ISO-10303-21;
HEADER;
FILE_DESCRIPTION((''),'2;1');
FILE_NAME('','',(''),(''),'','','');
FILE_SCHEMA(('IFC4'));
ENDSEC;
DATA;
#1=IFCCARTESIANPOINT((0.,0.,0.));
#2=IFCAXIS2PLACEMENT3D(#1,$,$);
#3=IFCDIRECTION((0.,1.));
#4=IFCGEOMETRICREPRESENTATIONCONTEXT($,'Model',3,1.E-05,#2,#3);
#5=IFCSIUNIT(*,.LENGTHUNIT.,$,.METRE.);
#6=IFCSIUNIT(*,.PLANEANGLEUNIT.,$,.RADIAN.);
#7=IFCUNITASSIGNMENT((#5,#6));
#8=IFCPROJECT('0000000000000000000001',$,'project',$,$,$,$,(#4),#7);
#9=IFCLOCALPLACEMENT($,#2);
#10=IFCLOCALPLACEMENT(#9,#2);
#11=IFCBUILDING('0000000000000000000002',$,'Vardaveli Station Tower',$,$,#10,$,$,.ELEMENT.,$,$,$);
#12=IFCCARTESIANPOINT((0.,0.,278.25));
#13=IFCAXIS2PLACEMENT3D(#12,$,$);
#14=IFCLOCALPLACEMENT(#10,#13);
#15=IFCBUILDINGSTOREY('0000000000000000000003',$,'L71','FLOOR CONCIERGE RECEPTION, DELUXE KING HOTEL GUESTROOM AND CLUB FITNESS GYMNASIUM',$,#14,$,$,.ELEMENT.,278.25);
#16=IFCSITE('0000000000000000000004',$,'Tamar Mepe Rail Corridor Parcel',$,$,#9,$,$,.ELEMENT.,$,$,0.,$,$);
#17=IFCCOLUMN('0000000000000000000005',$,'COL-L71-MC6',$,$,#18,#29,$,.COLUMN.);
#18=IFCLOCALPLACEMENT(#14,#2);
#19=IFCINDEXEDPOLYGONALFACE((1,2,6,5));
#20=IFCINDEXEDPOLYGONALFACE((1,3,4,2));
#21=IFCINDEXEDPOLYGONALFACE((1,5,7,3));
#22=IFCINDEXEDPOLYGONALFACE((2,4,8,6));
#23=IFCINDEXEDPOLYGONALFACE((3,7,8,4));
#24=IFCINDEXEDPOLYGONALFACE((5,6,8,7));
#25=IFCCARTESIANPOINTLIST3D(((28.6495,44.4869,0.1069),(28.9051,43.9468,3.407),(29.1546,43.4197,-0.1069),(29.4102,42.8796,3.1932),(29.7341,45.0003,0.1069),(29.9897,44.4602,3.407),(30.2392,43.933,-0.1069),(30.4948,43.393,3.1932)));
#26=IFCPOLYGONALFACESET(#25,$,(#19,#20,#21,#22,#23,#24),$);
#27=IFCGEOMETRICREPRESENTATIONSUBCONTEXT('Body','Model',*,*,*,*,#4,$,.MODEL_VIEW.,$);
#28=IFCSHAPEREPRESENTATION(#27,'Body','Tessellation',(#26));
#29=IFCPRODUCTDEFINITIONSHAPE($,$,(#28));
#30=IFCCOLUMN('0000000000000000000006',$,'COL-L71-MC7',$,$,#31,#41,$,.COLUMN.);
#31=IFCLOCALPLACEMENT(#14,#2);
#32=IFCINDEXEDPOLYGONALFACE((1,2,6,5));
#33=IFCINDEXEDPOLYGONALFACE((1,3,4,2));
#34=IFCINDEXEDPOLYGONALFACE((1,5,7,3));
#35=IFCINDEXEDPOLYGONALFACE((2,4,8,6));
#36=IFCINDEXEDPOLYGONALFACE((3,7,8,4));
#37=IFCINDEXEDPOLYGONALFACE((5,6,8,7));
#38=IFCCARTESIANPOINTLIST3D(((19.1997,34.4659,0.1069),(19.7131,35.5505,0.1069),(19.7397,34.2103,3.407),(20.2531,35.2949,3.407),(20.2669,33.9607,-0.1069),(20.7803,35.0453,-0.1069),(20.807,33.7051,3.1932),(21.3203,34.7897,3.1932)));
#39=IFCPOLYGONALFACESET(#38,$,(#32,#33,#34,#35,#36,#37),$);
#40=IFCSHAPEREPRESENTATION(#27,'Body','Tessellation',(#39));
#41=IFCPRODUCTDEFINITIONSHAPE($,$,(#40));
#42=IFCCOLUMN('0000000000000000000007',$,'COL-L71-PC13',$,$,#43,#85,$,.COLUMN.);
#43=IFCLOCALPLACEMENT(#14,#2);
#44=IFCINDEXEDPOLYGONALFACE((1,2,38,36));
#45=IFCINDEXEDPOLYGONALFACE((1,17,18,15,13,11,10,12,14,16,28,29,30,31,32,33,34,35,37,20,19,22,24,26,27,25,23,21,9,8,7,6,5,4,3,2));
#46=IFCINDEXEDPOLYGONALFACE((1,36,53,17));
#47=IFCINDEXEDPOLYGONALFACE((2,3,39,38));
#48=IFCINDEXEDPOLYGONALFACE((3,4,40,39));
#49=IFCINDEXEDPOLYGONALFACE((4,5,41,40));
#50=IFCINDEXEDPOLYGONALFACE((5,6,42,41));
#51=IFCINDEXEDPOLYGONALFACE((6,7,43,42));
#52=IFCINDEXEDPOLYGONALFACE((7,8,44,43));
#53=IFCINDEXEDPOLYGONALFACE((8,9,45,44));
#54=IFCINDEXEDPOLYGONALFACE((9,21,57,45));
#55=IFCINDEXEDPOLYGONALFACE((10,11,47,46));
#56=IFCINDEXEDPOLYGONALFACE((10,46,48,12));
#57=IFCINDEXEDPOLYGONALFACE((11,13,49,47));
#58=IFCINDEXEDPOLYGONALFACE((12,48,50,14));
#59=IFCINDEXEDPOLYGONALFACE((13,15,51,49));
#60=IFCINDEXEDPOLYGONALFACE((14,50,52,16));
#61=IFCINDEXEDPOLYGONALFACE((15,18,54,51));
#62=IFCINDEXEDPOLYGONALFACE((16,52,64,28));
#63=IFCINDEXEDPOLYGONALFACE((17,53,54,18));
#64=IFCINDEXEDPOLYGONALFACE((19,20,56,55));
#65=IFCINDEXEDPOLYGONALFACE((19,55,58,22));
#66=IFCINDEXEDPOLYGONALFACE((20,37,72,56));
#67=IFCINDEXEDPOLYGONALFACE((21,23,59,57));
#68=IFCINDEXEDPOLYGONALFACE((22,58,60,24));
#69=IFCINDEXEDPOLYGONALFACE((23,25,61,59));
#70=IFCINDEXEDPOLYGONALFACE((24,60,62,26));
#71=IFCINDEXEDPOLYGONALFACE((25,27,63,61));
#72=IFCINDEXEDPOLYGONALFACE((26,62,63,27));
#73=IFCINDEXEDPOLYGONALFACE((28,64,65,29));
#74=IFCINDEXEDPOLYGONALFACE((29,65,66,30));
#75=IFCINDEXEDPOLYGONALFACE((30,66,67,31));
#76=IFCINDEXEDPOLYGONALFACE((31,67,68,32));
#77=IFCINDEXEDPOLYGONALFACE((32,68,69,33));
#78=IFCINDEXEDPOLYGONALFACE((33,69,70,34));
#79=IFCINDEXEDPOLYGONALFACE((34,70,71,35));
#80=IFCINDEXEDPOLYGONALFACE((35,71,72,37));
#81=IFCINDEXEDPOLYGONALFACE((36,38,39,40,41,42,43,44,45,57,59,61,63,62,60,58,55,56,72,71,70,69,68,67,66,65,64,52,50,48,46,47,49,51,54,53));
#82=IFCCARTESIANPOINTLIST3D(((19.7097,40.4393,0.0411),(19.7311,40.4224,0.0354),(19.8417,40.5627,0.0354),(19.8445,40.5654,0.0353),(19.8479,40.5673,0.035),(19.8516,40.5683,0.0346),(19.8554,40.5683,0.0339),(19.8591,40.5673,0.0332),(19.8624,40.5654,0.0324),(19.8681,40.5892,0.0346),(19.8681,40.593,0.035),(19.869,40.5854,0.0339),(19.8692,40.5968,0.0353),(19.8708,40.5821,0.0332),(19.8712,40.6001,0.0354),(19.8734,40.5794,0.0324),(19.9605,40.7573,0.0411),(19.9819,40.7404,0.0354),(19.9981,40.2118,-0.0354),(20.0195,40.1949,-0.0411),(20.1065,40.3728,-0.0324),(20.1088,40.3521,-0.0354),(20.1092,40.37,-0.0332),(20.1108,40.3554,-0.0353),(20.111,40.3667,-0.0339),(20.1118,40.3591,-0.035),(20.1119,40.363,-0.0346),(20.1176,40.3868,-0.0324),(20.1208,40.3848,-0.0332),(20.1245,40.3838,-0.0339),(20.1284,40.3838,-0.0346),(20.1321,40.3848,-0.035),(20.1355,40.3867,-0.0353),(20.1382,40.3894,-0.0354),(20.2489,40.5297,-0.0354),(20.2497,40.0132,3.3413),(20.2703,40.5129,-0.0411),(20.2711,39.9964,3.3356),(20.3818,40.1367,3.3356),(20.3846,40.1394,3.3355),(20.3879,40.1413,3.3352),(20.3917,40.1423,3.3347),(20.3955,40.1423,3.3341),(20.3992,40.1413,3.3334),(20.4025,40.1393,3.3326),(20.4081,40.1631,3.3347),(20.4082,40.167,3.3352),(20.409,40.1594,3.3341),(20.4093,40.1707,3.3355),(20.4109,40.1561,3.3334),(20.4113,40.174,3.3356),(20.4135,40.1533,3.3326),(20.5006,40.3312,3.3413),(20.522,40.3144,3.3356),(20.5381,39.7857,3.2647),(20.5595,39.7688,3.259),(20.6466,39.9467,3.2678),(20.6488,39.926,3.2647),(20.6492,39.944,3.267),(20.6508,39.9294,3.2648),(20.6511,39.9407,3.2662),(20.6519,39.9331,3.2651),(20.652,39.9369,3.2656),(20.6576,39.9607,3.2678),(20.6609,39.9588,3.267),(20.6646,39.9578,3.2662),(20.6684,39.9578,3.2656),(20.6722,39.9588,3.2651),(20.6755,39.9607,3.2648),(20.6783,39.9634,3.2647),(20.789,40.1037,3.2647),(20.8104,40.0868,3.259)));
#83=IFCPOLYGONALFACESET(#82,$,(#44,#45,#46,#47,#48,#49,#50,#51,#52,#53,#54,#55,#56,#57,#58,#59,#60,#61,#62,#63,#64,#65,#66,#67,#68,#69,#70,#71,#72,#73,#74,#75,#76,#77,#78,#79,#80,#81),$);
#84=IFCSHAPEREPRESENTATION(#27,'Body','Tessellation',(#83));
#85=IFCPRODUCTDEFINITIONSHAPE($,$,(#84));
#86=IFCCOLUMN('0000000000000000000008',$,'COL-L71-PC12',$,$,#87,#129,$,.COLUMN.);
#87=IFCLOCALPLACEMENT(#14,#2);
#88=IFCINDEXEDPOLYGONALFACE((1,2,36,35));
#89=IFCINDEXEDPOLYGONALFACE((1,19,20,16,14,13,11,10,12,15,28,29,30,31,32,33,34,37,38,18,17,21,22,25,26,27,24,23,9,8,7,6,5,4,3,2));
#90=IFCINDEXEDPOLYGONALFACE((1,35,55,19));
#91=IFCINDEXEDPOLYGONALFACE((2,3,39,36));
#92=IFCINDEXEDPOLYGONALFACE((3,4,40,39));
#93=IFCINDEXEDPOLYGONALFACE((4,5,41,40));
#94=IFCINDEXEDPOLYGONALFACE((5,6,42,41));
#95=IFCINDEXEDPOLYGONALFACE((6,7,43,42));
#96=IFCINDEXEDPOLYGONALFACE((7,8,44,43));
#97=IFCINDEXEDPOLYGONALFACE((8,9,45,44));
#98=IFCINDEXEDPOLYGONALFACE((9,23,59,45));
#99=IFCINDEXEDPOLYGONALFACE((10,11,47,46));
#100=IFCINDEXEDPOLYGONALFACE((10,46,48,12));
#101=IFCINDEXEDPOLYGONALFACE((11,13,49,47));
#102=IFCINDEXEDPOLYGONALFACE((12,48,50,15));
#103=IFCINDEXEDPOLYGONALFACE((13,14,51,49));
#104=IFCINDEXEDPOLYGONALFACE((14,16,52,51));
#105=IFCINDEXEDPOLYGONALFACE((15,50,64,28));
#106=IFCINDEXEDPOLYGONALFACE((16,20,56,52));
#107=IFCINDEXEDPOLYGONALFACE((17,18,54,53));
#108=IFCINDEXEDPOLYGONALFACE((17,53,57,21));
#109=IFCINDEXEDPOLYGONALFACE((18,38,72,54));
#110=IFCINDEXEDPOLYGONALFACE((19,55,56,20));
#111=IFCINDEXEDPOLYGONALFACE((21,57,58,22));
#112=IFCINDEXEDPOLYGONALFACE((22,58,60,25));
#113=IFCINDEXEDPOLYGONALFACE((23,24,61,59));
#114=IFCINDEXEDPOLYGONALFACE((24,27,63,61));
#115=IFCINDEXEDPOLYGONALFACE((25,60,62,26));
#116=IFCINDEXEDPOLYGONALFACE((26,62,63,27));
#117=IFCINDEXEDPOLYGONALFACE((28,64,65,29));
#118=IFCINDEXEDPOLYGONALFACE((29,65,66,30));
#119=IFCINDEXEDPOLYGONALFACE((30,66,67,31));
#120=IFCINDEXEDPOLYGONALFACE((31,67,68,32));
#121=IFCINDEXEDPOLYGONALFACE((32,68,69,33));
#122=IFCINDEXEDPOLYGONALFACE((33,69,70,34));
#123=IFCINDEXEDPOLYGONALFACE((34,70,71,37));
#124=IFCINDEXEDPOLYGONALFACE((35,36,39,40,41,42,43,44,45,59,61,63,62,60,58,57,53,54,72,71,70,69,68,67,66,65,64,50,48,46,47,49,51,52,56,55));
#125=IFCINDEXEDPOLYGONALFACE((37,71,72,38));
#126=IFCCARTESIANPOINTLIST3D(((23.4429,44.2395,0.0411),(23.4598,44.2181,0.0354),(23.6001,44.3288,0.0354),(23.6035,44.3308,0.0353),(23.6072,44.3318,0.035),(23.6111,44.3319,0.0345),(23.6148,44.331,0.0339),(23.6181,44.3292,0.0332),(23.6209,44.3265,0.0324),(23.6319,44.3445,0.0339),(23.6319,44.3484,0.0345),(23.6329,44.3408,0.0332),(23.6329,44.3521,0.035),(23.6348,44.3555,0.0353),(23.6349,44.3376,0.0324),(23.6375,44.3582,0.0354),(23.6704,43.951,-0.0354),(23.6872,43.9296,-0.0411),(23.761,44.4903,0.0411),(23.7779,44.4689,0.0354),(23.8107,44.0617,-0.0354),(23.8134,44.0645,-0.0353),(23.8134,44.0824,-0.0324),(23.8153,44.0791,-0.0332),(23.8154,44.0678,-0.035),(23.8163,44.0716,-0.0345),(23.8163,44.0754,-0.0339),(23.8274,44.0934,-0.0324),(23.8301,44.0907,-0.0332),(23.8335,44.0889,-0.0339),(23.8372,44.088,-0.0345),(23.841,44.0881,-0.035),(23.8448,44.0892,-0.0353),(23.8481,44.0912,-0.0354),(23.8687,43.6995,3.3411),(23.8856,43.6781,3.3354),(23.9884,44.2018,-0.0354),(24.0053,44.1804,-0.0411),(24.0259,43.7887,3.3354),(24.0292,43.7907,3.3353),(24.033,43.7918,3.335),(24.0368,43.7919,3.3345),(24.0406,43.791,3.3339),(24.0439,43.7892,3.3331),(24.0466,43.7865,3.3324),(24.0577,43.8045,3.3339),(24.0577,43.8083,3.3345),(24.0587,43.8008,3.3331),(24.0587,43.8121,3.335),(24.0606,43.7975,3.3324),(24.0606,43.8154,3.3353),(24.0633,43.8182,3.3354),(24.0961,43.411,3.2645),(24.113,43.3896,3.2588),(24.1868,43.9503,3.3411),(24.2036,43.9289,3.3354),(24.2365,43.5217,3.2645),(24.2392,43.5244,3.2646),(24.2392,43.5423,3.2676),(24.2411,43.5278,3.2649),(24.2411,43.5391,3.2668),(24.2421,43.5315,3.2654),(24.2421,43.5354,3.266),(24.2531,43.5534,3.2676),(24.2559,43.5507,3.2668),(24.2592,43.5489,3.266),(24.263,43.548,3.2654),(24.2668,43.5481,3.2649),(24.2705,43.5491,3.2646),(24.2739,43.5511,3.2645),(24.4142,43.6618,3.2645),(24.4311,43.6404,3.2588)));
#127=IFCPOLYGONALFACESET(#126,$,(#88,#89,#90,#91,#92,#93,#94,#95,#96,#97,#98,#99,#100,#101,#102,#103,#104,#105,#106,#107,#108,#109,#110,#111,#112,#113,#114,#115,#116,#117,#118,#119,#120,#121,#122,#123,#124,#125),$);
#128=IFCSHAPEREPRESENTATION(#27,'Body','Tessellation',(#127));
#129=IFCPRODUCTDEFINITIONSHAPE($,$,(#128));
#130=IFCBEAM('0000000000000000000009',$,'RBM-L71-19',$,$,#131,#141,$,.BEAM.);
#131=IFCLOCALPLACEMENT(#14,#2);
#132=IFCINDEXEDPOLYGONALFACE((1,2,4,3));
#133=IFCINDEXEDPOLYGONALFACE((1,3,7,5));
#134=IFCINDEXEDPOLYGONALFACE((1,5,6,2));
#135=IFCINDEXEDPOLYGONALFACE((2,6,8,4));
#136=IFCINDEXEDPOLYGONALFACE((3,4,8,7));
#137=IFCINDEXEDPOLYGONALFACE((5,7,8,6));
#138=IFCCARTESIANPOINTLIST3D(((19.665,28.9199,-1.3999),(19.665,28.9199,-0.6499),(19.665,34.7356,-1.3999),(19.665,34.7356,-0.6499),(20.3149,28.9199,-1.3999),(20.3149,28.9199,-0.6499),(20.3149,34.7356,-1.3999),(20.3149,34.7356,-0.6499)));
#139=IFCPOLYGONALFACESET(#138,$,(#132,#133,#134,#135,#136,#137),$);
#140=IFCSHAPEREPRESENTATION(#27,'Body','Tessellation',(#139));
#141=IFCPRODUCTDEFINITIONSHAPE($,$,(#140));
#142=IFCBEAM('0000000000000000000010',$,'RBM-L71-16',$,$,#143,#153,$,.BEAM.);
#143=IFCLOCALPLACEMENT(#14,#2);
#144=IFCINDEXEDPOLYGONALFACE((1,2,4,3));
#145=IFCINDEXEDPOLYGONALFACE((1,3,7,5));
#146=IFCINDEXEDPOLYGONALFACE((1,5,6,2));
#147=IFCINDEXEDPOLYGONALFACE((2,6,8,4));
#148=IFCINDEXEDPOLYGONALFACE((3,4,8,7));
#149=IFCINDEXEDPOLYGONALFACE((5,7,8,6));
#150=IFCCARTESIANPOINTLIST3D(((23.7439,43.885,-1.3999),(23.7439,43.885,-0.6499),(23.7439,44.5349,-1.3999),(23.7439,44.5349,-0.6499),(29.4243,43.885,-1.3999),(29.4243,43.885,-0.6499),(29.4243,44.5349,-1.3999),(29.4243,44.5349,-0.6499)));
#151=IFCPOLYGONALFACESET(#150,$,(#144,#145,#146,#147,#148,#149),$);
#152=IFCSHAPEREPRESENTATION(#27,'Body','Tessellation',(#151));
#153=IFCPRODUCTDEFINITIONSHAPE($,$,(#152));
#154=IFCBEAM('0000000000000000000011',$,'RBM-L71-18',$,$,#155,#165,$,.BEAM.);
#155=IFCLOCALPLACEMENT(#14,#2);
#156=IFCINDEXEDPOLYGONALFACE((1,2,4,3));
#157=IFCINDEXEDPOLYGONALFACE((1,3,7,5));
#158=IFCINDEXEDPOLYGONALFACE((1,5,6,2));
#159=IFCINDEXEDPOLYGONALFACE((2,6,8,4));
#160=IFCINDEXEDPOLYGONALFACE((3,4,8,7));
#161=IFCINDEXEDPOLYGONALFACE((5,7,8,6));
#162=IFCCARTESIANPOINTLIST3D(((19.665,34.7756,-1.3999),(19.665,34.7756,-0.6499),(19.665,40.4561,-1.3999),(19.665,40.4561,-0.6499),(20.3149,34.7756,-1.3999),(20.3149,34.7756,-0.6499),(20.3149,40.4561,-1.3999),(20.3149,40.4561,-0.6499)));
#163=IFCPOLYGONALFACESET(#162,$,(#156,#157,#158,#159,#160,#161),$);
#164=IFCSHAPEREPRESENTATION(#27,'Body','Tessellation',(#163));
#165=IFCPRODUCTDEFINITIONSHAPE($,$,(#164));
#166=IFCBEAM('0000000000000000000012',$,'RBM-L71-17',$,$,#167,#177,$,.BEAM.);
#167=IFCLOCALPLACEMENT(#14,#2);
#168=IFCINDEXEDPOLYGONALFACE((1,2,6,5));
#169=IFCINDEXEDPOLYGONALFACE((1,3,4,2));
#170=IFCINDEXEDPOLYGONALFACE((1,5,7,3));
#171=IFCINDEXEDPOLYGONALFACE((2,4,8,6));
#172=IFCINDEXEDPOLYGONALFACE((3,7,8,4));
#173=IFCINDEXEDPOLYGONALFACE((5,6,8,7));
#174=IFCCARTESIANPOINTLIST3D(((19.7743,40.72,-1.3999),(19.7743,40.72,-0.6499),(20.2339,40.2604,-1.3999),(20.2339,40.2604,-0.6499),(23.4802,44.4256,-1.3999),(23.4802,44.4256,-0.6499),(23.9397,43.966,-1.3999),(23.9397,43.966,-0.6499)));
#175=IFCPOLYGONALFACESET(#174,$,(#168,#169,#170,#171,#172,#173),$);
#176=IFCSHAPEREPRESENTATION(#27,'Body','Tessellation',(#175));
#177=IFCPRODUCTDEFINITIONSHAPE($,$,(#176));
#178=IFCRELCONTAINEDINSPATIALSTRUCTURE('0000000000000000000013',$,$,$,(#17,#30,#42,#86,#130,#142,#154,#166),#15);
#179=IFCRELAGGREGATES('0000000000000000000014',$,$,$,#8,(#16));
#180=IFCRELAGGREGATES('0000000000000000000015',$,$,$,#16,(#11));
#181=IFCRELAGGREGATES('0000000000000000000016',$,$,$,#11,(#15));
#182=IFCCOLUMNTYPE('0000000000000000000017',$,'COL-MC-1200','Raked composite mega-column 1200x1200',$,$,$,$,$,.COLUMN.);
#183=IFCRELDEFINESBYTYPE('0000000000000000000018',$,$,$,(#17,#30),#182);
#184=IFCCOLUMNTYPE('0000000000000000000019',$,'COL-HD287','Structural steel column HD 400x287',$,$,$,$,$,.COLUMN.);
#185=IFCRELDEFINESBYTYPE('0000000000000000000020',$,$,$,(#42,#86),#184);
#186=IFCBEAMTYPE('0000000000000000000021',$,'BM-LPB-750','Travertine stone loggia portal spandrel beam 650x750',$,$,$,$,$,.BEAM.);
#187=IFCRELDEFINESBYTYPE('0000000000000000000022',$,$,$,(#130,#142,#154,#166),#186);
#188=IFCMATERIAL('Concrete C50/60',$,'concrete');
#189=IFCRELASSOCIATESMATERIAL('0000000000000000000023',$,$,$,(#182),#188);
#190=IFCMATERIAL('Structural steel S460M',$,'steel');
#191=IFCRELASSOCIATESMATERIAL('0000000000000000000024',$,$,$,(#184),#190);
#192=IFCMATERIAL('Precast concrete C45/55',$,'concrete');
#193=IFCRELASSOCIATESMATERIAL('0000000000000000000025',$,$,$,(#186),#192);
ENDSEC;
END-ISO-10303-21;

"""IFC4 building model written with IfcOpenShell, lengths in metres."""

from ifc_helpers import new_model, si_unit, direction, frame, origin, origin_2d, place, context, subcontext, project, spatial, rectangle, i_section, extrude, source, transform, mapped, material, material_profile, profile_set, type_object, element, save


model = new_model("IFC4")

# Units and contexts
model_context = context("Model", 3, precision=1e-05, world=origin(), true_north=direction((0.0, 1.0)))
body_context = subcontext(model_context, "Body", "Model", "MODEL_VIEW")
ifc_project = project(units=[si_unit("LENGTHUNIT", "METRE"), si_unit("PLANEANGLEUNIT", "RADIAN")], contexts=[model_context])

# Site, building, storey
site_placement = place(None, origin())
site = spatial("IfcSite", under=ifc_project, at=site_placement, Name="Tamar Mepe Rail Corridor Parcel", CompositionType="ELEMENT", RefElevation=0.0)
building_placement = place(site_placement, origin())
building = spatial("IfcBuilding", under=site, at=building_placement, Name="Vardaveli Station Tower", CompositionType="ELEMENT")
storey_placement = place(building_placement, frame((0.0, 0.0, 278.25)))
storey = spatial("IfcBuildingStorey", under=building, at=storey_placement, Name="L71", Description="FLOOR CONCIERGE RECEPTION, DELUXE KING HOTEL GUESTROOM AND CLUB FITNESS GYMNASIUM", CompositionType="ELEMENT", Elevation=278.25)

# Columns
ifc_material_1 = material(Name="Concrete C50/60", Category="concrete")
ifc_material_profile_1 = material_profile(ifc_material_1, rectangle(XDim=1.2, YDim=1.2, at=origin_2d()), Name="MC 1200x1200")
ifc_profile_set_1 = profile_set([ifc_material_profile_1], Name="Concrete C50/60")
column_type_1 = type_object("IfcColumnType", Name="COL-MC-1200", Description="Raked composite mega-column 1200x1200", PredefinedType="COLUMN", material=ifc_profile_set_1)
shared_shape_1 = source(origin(), body_context, "Body", "SweptSolid", [
    extrude(rectangle(XDim=1.2, YDim=1.2, at=origin_2d()), origin(), (0.0, 0.0, 1.0), 3.3538),
])
for number, where, z_axis, x_axis, name in (
    (1, (29.4443, 44.21, 0.0), (0.076219, -0.161028, 0.984002), (0.903863, 0.427823, 0.0), "COL-L71-MC6"),
    (2, (19.99, 34.7556, 0.0), (0.161028, -0.076219, 0.984002), (0.427823, 0.903863, 0.0), "COL-L71-MC7"),
):
    element("IfcColumn", number, at=place(storey_placement, frame(where, z_axis=z_axis, x_axis=x_axis)), inside=storey, type_object=column_type_1, Name=name, PredefinedType="COLUMN", context=body_context, shape_type="MappedRepresentation", body=[
        mapped(shared_shape_1, transform((0.0, 0.0, 0.0), scale=1.0)),
    ])
ifc_material_2 = material(Name="Structural steel S460M", Category="steel")
ifc_material_profile_2 = material_profile(ifc_material_2, i_section(OverallWidth=0.405, OverallDepth=0.4031, WebThickness=0.0178, FlangeThickness=0.0278, FilletRadius=0.0149, at=origin_2d()), Name="HD 400x287")
ifc_profile_set_2 = profile_set([ifc_material_profile_2], Name="Structural steel S460M")
column_type_2 = type_object("IfcColumnType", Name="COL-HD287", Description="Structural steel column HD 400x287", PredefinedType="COLUMN", material=ifc_profile_set_2)
shared_shape_2 = source(origin(), body_context, "Body", "SweptSolid", [
    extrude(i_section(OverallWidth=0.405, OverallDepth=0.4031, WebThickness=0.0178, FlangeThickness=0.0278, FilletRadius=0.0149, at=origin_2d()), origin(), (0.0, 0.0, 1.0), 3.3711),
])
column_1_placement = place(storey_placement, frame((19.99, 40.4761, 0.0), z_axis=(0.160203, -0.126381, 0.97896), x_axis=(0.619357, 0.78511, 0.0)))
element("IfcColumn", 3, at=column_1_placement, inside=storey, type_object=column_type_2, Name="COL-L71-PC13", PredefinedType="COLUMN", context=body_context, shape_type="MappedRepresentation", body=[
    mapped(shared_shape_2, transform((0.0, 0.0, 0.0), scale=1.0)),
])
shared_shape_3 = source(origin(), body_context, "Body", "SweptSolid", [
    extrude(i_section(OverallWidth=0.405, OverallDepth=0.4031, WebThickness=0.0178, FlangeThickness=0.0278, FilletRadius=0.0149, at=origin_2d()), origin(), (0.0, 0.0, 1.0), 3.3708),
])
column_2_placement = place(storey_placement, frame((23.7241, 44.21, 0.0), z_axis=(0.126309, -0.160204, 0.978969), x_axis=(0.785282, 0.619138, 0.0)))
element("IfcColumn", 4, at=column_2_placement, inside=storey, type_object=column_type_2, Name="COL-L71-PC12", PredefinedType="COLUMN", context=body_context, shape_type="MappedRepresentation", body=[
    mapped(shared_shape_3, transform((0.0, 0.0, 0.0), scale=1.0)),
])

# Beams
ifc_material_3 = material(Name="Precast concrete C45/55", Category="concrete")
ifc_material_profile_3 = material_profile(ifc_material_3, rectangle(XDim=0.6499, YDim=0.75, at=origin_2d()), Name="LPB 650x750")
ifc_profile_set_3 = profile_set([ifc_material_profile_3], Name="Precast concrete C45/55")
beam_type_1 = type_object("IfcBeamType", Name="BM-LPB-750", Description="Travertine stone loggia portal spandrel beam 650x750", PredefinedType="BEAM", material=ifc_profile_set_3)
shared_shape_4 = source(origin(), body_context, "Body", "SweptSolid", [
    extrude(rectangle(XDim=0.6499, YDim=0.75, at=origin_2d()), origin(), (0.0, 0.0, 1.0), 5.8157),
])
beam_1_placement = place(storey_placement, frame((19.99, 34.7356, -1.0249), z_axis=(0.0, -1.0, 0.0), x_axis=(1.0, 0.0, 0.0)))
element("IfcBeam", 5, at=beam_1_placement, inside=storey, type_object=beam_type_1, Name="RBM-L71-19", PredefinedType="BEAM", context=body_context, shape_type="MappedRepresentation", body=[
    mapped(shared_shape_4, transform((0.0, 0.0, 0.0), scale=1.0)),
])
shared_shape_5 = source(origin(), body_context, "Body", "SweptSolid", [
    extrude(rectangle(XDim=0.6499, YDim=0.75, at=origin_2d()), origin(), (0.0, 0.0, 1.0), 5.6804),
])
for number, where, z_axis, x_axis, name in (
    (6, (29.4243, 44.21, -1.0249), (-1.0, 0.0, 0.0), (0.0, -1.0, 0.0), "RBM-L71-16"),
    (7, (19.99, 40.4561, -1.0249), (0.0, -1.0, 0.0), (1.0, 0.0, 0.0), "RBM-L71-18"),
):
    element("IfcBeam", number, at=place(storey_placement, frame(where, z_axis=z_axis, x_axis=x_axis)), inside=storey, type_object=beam_type_1, Name=name, PredefinedType="BEAM", context=body_context, shape_type="MappedRepresentation", body=[
        mapped(shared_shape_5, transform((0.0, 0.0, 0.0), scale=1.0)),
    ])
shared_shape_6 = source(origin(), body_context, "Body", "SweptSolid", [
    extrude(rectangle(XDim=0.6499, YDim=0.75, at=origin_2d()), origin(), (0.0, 0.0, 1.0), 5.2407),
])
beam_2_placement = place(storey_placement, frame((23.71, 44.1958, -1.0249), z_axis=(-0.70713, -0.707083, 0.0), x_axis=(0.707083, -0.70713, 0.0)))
element("IfcBeam", 8, at=beam_2_placement, inside=storey, type_object=beam_type_1, Name="RBM-L71-17", PredefinedType="BEAM", context=body_context, shape_type="MappedRepresentation", body=[
    mapped(shared_shape_6, transform((0.0, 0.0, 0.0), scale=1.0)),
])

save(model, "model.ifc")
